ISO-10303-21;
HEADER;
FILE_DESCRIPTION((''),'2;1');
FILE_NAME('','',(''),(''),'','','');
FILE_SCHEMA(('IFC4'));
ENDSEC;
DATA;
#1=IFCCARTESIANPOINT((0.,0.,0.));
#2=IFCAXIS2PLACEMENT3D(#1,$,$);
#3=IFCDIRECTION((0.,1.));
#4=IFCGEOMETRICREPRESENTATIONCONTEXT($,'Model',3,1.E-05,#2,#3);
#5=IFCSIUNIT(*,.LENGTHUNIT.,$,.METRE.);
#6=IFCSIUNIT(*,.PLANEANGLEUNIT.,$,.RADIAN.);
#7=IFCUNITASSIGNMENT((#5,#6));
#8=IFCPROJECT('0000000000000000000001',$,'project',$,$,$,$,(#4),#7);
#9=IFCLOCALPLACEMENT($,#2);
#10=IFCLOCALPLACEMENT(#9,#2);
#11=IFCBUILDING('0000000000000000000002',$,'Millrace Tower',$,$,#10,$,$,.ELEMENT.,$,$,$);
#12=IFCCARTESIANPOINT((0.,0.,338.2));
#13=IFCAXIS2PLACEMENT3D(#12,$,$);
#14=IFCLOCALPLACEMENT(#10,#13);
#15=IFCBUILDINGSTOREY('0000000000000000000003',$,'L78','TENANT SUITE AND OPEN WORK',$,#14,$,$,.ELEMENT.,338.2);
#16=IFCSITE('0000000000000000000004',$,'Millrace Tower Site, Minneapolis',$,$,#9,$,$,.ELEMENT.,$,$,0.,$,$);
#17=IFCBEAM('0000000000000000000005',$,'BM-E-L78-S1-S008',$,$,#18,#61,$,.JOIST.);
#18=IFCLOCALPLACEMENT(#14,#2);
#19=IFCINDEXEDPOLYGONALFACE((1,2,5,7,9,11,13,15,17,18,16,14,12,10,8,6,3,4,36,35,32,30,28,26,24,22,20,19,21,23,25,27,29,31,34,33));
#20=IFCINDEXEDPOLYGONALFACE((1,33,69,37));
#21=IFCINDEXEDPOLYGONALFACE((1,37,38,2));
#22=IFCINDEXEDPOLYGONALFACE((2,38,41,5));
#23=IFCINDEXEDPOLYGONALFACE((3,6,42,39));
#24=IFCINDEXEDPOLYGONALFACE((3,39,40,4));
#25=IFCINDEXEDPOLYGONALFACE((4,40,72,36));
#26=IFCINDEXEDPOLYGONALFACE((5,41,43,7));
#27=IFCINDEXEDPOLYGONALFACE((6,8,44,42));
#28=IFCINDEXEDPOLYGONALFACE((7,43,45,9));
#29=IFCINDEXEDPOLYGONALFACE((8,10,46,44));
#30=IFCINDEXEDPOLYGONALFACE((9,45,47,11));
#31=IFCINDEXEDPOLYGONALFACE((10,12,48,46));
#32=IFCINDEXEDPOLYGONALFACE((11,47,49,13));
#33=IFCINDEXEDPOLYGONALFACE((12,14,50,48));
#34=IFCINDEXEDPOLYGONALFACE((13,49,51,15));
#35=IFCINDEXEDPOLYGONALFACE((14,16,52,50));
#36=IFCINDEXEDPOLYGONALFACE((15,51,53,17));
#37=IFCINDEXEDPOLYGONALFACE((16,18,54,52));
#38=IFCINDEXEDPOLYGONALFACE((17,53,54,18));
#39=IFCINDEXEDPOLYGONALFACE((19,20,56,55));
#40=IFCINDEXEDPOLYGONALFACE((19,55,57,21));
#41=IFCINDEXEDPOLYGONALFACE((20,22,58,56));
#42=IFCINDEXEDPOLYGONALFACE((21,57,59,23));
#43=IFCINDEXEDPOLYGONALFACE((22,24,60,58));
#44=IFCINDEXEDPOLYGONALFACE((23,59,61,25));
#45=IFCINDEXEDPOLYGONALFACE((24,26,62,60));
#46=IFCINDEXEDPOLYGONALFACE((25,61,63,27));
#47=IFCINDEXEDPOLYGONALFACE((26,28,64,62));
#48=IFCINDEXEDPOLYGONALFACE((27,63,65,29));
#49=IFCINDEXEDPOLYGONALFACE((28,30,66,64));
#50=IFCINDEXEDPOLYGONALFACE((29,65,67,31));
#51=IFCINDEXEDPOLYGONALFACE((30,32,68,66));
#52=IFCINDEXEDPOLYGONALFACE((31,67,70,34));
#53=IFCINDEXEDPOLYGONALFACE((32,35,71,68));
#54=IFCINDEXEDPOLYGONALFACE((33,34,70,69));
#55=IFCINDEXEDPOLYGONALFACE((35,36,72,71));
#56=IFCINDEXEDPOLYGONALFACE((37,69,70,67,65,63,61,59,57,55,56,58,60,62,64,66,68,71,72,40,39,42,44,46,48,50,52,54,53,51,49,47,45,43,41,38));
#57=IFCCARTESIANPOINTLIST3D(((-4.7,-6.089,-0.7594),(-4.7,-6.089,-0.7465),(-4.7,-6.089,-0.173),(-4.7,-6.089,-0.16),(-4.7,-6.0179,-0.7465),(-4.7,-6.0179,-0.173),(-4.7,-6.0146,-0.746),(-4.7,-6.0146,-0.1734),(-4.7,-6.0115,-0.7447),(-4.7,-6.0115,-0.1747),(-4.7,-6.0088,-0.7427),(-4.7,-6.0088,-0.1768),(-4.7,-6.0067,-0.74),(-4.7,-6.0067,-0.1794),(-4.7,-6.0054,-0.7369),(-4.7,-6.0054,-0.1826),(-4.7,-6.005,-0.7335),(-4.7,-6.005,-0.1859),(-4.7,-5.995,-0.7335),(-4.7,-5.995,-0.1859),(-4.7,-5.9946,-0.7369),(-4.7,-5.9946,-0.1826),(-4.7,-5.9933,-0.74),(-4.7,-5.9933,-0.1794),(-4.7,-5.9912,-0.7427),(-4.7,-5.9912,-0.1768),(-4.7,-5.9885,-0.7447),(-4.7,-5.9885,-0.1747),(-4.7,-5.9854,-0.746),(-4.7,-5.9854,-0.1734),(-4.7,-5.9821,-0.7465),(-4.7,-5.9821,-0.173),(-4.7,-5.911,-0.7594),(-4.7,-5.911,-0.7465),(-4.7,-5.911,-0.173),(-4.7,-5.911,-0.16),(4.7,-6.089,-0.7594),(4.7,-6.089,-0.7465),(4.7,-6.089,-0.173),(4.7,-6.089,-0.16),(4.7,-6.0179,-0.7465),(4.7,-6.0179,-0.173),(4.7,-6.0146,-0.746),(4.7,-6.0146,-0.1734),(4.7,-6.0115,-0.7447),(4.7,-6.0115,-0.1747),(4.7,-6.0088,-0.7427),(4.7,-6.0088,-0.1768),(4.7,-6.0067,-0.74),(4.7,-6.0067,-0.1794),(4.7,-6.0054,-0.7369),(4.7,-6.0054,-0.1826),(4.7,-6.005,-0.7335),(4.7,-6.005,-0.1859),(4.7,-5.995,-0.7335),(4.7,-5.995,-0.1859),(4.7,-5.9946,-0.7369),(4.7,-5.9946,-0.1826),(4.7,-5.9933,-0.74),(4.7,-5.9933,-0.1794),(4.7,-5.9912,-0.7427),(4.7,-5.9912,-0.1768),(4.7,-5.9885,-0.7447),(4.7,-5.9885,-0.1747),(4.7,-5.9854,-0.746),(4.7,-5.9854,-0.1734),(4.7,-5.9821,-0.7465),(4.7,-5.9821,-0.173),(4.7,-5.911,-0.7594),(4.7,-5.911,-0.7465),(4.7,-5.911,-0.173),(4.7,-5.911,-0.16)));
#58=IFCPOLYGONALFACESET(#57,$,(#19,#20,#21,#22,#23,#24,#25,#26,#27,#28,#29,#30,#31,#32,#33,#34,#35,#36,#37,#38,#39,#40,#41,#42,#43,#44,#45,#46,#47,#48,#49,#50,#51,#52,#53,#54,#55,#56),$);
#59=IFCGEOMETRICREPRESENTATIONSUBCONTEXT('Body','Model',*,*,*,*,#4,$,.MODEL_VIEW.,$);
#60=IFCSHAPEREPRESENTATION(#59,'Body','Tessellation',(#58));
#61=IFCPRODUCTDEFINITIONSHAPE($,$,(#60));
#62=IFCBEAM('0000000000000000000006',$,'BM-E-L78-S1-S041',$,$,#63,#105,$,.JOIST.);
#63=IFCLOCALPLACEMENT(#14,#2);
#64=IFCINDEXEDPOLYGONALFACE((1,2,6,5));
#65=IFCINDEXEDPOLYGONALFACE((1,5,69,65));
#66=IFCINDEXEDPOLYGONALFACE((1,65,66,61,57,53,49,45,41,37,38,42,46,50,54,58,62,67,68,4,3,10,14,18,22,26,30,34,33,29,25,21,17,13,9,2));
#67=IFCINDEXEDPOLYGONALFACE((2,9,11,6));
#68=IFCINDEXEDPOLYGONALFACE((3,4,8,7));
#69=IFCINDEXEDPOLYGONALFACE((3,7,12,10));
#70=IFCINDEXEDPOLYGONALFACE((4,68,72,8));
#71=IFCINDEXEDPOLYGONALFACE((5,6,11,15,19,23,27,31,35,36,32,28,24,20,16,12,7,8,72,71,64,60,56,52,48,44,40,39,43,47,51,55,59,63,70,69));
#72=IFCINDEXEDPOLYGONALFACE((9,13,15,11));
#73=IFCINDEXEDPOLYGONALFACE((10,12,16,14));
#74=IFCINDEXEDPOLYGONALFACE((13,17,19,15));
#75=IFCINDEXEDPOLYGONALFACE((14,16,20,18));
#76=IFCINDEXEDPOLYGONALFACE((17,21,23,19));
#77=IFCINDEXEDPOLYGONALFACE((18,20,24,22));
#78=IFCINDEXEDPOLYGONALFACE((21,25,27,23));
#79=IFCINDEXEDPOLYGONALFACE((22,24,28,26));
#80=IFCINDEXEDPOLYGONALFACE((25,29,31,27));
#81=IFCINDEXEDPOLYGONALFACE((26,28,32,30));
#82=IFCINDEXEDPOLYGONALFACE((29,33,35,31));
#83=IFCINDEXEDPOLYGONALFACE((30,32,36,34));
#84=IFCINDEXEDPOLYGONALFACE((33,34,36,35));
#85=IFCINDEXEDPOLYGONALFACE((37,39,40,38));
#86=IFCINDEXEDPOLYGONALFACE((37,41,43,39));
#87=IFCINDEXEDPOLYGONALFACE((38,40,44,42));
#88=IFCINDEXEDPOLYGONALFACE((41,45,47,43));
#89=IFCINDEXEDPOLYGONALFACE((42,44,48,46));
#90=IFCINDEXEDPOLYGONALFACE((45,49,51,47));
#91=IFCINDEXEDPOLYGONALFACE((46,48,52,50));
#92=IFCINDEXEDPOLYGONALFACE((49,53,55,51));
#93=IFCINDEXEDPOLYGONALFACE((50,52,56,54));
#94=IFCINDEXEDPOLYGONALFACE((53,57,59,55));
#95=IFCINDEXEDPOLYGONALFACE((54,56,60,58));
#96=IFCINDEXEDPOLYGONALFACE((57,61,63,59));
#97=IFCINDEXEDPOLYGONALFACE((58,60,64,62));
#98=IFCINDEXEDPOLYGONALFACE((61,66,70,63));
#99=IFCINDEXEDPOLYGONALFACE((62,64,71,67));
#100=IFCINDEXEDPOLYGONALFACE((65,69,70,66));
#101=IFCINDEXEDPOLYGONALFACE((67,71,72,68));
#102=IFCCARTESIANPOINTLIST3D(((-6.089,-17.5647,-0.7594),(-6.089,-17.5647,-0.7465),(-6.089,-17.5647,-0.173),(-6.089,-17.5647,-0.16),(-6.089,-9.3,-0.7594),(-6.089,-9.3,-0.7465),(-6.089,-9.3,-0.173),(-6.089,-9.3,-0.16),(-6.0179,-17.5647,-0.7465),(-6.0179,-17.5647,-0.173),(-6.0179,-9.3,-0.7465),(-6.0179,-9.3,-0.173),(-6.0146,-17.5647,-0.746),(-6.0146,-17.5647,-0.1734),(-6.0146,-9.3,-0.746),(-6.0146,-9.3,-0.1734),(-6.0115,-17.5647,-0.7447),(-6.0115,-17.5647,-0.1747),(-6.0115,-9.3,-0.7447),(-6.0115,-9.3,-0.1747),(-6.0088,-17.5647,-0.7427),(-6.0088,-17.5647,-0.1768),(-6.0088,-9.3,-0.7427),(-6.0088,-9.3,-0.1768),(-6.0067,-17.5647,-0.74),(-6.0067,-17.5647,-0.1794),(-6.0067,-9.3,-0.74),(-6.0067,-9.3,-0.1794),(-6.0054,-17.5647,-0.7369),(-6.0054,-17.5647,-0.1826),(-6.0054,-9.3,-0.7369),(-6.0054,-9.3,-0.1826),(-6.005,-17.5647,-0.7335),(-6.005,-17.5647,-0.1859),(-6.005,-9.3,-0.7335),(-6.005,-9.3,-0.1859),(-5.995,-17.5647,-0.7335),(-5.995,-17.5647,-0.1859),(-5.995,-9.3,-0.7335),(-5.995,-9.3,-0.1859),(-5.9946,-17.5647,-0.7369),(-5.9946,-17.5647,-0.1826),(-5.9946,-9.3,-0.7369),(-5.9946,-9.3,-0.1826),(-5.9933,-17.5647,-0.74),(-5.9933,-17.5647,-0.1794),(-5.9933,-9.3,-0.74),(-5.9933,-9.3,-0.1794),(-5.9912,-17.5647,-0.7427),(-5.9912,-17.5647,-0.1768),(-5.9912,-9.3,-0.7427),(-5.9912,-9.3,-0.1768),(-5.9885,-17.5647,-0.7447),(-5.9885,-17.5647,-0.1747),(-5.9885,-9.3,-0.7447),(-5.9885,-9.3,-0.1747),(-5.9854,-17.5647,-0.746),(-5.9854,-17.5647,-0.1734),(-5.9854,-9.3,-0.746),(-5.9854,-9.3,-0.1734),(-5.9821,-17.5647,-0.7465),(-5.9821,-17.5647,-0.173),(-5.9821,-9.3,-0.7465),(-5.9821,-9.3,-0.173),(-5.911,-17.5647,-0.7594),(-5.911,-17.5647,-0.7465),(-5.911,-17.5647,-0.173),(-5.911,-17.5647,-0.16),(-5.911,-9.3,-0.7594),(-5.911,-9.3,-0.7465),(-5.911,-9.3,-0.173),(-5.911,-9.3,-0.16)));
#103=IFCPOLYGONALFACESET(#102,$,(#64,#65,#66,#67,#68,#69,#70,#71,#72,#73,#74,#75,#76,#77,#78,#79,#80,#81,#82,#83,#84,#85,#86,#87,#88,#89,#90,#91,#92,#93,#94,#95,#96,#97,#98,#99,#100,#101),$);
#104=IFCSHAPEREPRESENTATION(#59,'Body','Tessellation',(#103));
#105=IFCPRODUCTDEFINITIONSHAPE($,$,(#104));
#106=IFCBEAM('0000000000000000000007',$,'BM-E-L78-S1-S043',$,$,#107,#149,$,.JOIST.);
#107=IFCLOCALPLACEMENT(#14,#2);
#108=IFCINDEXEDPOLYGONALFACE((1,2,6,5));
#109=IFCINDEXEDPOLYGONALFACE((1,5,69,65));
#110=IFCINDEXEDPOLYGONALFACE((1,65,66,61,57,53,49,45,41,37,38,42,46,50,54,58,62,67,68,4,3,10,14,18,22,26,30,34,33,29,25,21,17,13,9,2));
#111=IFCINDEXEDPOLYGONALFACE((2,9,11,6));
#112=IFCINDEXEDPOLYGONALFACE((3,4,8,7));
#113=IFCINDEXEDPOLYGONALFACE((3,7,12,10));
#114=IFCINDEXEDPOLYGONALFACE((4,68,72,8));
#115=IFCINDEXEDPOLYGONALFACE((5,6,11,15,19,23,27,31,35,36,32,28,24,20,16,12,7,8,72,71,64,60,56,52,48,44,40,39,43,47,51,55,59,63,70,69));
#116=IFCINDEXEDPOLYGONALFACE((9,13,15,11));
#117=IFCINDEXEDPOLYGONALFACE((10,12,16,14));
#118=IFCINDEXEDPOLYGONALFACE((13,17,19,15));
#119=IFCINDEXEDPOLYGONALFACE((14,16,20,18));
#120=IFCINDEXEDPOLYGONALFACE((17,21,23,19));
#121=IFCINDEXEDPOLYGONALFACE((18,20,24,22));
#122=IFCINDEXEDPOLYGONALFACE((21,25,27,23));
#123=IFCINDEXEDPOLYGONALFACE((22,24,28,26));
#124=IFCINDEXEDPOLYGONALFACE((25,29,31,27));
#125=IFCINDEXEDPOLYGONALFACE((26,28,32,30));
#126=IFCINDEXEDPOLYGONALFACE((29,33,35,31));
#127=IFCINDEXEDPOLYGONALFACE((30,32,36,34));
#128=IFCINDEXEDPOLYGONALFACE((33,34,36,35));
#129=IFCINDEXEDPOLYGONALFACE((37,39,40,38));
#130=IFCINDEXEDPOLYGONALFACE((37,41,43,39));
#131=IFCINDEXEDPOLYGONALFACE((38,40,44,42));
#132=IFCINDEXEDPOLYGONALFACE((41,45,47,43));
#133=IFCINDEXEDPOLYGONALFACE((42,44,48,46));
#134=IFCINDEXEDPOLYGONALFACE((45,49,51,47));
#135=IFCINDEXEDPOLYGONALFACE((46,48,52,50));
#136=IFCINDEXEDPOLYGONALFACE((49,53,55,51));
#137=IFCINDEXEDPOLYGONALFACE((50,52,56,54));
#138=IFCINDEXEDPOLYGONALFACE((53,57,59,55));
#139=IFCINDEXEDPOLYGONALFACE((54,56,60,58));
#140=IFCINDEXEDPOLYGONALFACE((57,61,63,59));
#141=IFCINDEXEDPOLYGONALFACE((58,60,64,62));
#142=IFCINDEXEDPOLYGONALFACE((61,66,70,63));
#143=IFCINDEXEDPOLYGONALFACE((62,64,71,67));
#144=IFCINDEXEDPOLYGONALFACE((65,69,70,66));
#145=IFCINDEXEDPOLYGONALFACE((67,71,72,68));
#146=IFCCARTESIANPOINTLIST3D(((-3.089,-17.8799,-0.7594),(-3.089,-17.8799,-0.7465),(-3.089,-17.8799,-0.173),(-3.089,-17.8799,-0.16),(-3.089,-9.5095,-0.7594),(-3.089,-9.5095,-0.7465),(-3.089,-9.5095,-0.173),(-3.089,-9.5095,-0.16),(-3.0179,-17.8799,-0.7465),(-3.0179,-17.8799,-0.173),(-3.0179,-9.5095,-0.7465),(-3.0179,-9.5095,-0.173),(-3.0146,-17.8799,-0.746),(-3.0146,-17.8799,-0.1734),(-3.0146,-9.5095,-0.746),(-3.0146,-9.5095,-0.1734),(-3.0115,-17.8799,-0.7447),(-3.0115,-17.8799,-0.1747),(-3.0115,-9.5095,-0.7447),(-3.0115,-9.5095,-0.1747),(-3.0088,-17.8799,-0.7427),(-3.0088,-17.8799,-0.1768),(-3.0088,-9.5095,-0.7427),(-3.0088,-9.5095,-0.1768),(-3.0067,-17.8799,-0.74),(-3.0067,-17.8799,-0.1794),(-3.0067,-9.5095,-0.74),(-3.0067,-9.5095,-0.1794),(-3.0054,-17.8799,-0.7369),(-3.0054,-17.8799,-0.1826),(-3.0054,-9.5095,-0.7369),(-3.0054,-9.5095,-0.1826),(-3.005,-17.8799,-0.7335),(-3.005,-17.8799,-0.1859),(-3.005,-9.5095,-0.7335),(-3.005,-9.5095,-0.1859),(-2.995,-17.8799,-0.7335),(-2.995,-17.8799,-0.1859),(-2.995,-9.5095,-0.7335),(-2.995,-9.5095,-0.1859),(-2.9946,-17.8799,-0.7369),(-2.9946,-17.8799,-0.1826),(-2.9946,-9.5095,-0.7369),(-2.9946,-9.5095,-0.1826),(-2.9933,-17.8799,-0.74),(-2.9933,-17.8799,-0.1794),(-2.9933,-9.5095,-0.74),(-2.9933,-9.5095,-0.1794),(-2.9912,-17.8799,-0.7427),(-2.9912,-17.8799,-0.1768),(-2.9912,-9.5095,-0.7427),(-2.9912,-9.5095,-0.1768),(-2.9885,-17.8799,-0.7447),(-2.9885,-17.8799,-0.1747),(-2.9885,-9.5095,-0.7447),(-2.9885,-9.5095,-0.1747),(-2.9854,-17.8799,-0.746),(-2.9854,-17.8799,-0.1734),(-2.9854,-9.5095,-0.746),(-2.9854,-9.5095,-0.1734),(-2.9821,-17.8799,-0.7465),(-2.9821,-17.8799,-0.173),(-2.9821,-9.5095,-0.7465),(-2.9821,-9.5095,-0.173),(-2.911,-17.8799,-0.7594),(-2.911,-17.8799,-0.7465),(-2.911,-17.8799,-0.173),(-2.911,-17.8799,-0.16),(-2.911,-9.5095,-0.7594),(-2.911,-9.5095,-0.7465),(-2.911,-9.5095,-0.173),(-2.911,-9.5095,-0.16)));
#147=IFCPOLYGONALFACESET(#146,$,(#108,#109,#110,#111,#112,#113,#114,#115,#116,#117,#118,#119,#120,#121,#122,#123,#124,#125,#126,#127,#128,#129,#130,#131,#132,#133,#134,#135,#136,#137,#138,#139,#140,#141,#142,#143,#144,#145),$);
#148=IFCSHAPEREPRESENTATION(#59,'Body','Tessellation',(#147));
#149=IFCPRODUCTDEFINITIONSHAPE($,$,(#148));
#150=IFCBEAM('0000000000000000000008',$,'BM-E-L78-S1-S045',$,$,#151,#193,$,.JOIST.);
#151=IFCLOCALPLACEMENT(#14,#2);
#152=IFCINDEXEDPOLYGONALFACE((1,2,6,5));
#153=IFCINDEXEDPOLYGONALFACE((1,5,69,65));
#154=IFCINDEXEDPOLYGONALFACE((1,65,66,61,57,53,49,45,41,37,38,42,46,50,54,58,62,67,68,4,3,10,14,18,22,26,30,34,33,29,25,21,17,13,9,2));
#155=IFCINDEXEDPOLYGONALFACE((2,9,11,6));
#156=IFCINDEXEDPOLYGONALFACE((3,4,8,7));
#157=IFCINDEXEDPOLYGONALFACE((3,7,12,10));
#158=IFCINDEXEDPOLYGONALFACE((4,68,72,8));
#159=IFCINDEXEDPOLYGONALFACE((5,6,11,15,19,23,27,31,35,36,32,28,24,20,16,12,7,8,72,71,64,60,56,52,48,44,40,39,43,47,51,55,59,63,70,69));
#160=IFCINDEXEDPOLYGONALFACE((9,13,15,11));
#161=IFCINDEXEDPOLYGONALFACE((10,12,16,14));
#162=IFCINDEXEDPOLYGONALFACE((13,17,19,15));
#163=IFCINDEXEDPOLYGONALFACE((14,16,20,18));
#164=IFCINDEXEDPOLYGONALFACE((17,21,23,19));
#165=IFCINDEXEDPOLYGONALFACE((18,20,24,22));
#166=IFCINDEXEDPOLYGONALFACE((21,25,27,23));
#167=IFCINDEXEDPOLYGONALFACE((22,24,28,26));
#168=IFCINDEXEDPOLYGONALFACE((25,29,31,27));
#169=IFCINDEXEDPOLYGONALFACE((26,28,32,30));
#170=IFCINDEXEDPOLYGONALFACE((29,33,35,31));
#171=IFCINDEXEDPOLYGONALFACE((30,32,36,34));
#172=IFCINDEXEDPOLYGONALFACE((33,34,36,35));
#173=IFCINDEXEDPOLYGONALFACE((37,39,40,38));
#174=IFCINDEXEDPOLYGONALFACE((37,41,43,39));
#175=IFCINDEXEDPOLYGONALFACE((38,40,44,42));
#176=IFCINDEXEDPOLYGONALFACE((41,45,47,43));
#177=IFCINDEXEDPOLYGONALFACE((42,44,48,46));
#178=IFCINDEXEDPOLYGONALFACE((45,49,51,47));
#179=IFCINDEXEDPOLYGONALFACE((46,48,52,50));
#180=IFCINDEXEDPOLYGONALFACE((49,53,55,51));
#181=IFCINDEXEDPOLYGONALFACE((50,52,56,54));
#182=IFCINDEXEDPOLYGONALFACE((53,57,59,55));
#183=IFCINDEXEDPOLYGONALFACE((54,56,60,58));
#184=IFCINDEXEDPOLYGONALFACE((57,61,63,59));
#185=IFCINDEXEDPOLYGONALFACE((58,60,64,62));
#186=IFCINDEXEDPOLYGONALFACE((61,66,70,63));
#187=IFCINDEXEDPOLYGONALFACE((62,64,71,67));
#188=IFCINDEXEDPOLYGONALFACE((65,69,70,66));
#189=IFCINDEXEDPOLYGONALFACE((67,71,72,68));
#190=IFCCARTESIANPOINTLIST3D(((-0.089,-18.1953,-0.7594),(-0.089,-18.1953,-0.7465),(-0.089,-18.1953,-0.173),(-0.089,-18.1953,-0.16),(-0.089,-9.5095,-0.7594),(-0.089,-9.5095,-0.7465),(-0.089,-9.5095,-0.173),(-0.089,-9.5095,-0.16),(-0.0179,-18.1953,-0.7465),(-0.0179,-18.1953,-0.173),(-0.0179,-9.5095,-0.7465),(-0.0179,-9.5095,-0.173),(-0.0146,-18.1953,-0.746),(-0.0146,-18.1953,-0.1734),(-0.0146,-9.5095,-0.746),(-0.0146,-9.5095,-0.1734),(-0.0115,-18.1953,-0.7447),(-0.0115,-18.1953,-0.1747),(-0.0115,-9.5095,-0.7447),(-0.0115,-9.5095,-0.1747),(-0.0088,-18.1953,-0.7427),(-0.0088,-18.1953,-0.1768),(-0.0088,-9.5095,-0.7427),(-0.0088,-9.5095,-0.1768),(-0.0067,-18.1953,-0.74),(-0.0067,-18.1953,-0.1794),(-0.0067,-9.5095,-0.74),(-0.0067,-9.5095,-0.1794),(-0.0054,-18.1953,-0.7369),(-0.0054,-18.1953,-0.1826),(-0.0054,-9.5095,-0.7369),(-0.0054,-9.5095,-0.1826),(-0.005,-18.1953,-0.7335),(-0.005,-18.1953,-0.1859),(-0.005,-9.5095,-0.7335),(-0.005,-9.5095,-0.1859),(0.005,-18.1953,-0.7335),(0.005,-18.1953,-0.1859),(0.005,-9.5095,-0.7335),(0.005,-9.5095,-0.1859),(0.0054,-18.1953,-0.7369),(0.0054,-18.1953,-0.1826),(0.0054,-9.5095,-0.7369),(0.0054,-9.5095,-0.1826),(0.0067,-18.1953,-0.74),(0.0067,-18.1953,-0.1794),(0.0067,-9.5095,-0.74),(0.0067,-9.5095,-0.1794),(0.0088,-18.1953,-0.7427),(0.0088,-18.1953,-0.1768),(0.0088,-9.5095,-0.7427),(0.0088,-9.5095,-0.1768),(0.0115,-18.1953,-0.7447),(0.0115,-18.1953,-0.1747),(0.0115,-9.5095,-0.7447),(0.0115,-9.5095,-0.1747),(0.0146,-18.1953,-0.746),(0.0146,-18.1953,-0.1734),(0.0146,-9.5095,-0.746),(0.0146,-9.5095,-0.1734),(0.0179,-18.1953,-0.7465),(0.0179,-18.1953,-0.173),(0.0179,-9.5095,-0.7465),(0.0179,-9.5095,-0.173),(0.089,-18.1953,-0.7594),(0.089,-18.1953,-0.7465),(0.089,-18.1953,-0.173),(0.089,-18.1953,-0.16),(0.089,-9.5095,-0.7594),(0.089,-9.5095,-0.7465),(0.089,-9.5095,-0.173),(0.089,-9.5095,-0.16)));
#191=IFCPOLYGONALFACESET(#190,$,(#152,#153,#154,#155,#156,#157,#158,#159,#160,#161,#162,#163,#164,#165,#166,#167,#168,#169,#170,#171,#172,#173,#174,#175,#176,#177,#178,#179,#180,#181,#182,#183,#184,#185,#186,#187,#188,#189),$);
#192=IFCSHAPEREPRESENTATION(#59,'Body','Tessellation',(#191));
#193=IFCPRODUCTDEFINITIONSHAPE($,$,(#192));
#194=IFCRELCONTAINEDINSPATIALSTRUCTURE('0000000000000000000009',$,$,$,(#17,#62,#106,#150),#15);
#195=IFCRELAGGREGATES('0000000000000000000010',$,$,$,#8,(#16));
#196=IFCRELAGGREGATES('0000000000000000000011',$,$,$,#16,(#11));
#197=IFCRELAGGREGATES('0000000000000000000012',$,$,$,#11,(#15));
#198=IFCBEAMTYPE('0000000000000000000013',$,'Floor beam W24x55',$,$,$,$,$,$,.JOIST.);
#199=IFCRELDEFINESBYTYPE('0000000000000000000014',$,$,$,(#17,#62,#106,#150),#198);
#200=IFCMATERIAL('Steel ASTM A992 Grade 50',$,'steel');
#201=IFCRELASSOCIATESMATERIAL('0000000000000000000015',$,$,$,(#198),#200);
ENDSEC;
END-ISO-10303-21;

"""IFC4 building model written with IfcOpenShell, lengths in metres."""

from ifc_helpers import new_model, si_unit, direction, frame, origin, origin_2d, place, context, subcontext, project, spatial, i_section, extrude, material, material_profile, profile_set, type_object, element, save


model = new_model("IFC4")

# Units and contexts
model_context = context("Model", 3, precision=1e-05, world=origin(), true_north=direction((0.0, 1.0)))
body_context = subcontext(model_context, "Body", "Model", "MODEL_VIEW")
ifc_project = project(units=[si_unit("LENGTHUNIT", "METRE"), si_unit("PLANEANGLEUNIT", "RADIAN")], contexts=[model_context])

# Site, building, storey
site_placement = place(None, origin())
site = spatial("IfcSite", under=ifc_project, at=site_placement, Name="Millrace Tower Site, Minneapolis", CompositionType="ELEMENT", RefElevation=0.0)
building_placement = place(site_placement, origin())
building = spatial("IfcBuilding", under=site, at=building_placement, Name="Millrace Tower", CompositionType="ELEMENT")
storey_placement = place(building_placement, frame((0.0, 0.0, 338.2)))
storey = spatial("IfcBuildingStorey", under=building, at=storey_placement, Name="L78", Description="TENANT SUITE AND OPEN WORK", CompositionType="ELEMENT", Elevation=338.2)

# Beams
ifc_material_1 = material(Name="Steel ASTM A992 Grade 50", Category="steel")
ifc_material_profile_1 = material_profile(ifc_material_1, i_section(OverallWidth=0.178, OverallDepth=0.5994, WebThickness=0.01, FlangeThickness=0.0129, FilletRadius=0.0129, at=origin_2d()))
ifc_profile_set_1 = profile_set([ifc_material_profile_1], Name="Steel ASTM A992 Grade 50")
beam_type_1 = type_object("IfcBeamType", Name="Floor beam W24x55", PredefinedType="JOIST", material=ifc_profile_set_1)
beam_1_placement = place(storey_placement, frame((-4.7, -6.0, -0.4597), z_axis=(1.0, 0.0, 0.0), x_axis=(0.0, 1.0, 0.0)))
element("IfcBeam", 1, at=beam_1_placement, inside=storey, type_object=beam_type_1, Name="BM-E-L78-S1-S008", PredefinedType="JOIST", context=body_context, shape_type="SweptSolid", body=[
    extrude(i_section(OverallWidth=0.178, OverallDepth=0.5994, WebThickness=0.01, FlangeThickness=0.0129, FilletRadius=0.0129, at=origin_2d()), origin(), (0.0, 0.0, 1.0), 9.3999),
])
beam_2_placement = place(storey_placement, frame((-6.0, -17.5647, -0.4597), z_axis=(0.0, 1.0, 0.0), x_axis=(-1.0, 0.0, 0.0)))
element("IfcBeam", 2, at=beam_2_placement, inside=storey, type_object=beam_type_1, Name="BM-E-L78-S1-S041", PredefinedType="JOIST", context=body_context, shape_type="SweptSolid", body=[
    extrude(i_section(OverallWidth=0.178, OverallDepth=0.5994, WebThickness=0.01, FlangeThickness=0.0129, FilletRadius=0.0129, at=origin_2d()), origin(), (0.0, 0.0, 1.0), 8.2646),
])
beam_3_placement = place(storey_placement, frame((-3.0, -17.8799, -0.4597), z_axis=(0.0, 1.0, 0.0), x_axis=(-1.0, 0.0, 0.0)))
element("IfcBeam", 3, at=beam_3_placement, inside=storey, type_object=beam_type_1, Name="BM-E-L78-S1-S043", PredefinedType="JOIST", context=body_context, shape_type="SweptSolid", body=[
    extrude(i_section(OverallWidth=0.178, OverallDepth=0.5994, WebThickness=0.01, FlangeThickness=0.0129, FilletRadius=0.0129, at=origin_2d()), origin(), (0.0, 0.0, 1.0), 8.3704),
])
beam_4_placement = place(storey_placement, frame((0.0, -18.1953, -0.4597), z_axis=(0.0, 1.0, 0.0), x_axis=(-1.0, 0.0, 0.0)))
element("IfcBeam", 4, at=beam_4_placement, inside=storey, type_object=beam_type_1, Name="BM-E-L78-S1-S045", PredefinedType="JOIST", context=body_context, shape_type="SweptSolid", body=[
    extrude(i_section(OverallWidth=0.178, OverallDepth=0.5994, WebThickness=0.01, FlangeThickness=0.0129, FilletRadius=0.0129, at=origin_2d()), origin(), (0.0, 0.0, 1.0), 8.6858),
])

save(model, "model.ifc")
